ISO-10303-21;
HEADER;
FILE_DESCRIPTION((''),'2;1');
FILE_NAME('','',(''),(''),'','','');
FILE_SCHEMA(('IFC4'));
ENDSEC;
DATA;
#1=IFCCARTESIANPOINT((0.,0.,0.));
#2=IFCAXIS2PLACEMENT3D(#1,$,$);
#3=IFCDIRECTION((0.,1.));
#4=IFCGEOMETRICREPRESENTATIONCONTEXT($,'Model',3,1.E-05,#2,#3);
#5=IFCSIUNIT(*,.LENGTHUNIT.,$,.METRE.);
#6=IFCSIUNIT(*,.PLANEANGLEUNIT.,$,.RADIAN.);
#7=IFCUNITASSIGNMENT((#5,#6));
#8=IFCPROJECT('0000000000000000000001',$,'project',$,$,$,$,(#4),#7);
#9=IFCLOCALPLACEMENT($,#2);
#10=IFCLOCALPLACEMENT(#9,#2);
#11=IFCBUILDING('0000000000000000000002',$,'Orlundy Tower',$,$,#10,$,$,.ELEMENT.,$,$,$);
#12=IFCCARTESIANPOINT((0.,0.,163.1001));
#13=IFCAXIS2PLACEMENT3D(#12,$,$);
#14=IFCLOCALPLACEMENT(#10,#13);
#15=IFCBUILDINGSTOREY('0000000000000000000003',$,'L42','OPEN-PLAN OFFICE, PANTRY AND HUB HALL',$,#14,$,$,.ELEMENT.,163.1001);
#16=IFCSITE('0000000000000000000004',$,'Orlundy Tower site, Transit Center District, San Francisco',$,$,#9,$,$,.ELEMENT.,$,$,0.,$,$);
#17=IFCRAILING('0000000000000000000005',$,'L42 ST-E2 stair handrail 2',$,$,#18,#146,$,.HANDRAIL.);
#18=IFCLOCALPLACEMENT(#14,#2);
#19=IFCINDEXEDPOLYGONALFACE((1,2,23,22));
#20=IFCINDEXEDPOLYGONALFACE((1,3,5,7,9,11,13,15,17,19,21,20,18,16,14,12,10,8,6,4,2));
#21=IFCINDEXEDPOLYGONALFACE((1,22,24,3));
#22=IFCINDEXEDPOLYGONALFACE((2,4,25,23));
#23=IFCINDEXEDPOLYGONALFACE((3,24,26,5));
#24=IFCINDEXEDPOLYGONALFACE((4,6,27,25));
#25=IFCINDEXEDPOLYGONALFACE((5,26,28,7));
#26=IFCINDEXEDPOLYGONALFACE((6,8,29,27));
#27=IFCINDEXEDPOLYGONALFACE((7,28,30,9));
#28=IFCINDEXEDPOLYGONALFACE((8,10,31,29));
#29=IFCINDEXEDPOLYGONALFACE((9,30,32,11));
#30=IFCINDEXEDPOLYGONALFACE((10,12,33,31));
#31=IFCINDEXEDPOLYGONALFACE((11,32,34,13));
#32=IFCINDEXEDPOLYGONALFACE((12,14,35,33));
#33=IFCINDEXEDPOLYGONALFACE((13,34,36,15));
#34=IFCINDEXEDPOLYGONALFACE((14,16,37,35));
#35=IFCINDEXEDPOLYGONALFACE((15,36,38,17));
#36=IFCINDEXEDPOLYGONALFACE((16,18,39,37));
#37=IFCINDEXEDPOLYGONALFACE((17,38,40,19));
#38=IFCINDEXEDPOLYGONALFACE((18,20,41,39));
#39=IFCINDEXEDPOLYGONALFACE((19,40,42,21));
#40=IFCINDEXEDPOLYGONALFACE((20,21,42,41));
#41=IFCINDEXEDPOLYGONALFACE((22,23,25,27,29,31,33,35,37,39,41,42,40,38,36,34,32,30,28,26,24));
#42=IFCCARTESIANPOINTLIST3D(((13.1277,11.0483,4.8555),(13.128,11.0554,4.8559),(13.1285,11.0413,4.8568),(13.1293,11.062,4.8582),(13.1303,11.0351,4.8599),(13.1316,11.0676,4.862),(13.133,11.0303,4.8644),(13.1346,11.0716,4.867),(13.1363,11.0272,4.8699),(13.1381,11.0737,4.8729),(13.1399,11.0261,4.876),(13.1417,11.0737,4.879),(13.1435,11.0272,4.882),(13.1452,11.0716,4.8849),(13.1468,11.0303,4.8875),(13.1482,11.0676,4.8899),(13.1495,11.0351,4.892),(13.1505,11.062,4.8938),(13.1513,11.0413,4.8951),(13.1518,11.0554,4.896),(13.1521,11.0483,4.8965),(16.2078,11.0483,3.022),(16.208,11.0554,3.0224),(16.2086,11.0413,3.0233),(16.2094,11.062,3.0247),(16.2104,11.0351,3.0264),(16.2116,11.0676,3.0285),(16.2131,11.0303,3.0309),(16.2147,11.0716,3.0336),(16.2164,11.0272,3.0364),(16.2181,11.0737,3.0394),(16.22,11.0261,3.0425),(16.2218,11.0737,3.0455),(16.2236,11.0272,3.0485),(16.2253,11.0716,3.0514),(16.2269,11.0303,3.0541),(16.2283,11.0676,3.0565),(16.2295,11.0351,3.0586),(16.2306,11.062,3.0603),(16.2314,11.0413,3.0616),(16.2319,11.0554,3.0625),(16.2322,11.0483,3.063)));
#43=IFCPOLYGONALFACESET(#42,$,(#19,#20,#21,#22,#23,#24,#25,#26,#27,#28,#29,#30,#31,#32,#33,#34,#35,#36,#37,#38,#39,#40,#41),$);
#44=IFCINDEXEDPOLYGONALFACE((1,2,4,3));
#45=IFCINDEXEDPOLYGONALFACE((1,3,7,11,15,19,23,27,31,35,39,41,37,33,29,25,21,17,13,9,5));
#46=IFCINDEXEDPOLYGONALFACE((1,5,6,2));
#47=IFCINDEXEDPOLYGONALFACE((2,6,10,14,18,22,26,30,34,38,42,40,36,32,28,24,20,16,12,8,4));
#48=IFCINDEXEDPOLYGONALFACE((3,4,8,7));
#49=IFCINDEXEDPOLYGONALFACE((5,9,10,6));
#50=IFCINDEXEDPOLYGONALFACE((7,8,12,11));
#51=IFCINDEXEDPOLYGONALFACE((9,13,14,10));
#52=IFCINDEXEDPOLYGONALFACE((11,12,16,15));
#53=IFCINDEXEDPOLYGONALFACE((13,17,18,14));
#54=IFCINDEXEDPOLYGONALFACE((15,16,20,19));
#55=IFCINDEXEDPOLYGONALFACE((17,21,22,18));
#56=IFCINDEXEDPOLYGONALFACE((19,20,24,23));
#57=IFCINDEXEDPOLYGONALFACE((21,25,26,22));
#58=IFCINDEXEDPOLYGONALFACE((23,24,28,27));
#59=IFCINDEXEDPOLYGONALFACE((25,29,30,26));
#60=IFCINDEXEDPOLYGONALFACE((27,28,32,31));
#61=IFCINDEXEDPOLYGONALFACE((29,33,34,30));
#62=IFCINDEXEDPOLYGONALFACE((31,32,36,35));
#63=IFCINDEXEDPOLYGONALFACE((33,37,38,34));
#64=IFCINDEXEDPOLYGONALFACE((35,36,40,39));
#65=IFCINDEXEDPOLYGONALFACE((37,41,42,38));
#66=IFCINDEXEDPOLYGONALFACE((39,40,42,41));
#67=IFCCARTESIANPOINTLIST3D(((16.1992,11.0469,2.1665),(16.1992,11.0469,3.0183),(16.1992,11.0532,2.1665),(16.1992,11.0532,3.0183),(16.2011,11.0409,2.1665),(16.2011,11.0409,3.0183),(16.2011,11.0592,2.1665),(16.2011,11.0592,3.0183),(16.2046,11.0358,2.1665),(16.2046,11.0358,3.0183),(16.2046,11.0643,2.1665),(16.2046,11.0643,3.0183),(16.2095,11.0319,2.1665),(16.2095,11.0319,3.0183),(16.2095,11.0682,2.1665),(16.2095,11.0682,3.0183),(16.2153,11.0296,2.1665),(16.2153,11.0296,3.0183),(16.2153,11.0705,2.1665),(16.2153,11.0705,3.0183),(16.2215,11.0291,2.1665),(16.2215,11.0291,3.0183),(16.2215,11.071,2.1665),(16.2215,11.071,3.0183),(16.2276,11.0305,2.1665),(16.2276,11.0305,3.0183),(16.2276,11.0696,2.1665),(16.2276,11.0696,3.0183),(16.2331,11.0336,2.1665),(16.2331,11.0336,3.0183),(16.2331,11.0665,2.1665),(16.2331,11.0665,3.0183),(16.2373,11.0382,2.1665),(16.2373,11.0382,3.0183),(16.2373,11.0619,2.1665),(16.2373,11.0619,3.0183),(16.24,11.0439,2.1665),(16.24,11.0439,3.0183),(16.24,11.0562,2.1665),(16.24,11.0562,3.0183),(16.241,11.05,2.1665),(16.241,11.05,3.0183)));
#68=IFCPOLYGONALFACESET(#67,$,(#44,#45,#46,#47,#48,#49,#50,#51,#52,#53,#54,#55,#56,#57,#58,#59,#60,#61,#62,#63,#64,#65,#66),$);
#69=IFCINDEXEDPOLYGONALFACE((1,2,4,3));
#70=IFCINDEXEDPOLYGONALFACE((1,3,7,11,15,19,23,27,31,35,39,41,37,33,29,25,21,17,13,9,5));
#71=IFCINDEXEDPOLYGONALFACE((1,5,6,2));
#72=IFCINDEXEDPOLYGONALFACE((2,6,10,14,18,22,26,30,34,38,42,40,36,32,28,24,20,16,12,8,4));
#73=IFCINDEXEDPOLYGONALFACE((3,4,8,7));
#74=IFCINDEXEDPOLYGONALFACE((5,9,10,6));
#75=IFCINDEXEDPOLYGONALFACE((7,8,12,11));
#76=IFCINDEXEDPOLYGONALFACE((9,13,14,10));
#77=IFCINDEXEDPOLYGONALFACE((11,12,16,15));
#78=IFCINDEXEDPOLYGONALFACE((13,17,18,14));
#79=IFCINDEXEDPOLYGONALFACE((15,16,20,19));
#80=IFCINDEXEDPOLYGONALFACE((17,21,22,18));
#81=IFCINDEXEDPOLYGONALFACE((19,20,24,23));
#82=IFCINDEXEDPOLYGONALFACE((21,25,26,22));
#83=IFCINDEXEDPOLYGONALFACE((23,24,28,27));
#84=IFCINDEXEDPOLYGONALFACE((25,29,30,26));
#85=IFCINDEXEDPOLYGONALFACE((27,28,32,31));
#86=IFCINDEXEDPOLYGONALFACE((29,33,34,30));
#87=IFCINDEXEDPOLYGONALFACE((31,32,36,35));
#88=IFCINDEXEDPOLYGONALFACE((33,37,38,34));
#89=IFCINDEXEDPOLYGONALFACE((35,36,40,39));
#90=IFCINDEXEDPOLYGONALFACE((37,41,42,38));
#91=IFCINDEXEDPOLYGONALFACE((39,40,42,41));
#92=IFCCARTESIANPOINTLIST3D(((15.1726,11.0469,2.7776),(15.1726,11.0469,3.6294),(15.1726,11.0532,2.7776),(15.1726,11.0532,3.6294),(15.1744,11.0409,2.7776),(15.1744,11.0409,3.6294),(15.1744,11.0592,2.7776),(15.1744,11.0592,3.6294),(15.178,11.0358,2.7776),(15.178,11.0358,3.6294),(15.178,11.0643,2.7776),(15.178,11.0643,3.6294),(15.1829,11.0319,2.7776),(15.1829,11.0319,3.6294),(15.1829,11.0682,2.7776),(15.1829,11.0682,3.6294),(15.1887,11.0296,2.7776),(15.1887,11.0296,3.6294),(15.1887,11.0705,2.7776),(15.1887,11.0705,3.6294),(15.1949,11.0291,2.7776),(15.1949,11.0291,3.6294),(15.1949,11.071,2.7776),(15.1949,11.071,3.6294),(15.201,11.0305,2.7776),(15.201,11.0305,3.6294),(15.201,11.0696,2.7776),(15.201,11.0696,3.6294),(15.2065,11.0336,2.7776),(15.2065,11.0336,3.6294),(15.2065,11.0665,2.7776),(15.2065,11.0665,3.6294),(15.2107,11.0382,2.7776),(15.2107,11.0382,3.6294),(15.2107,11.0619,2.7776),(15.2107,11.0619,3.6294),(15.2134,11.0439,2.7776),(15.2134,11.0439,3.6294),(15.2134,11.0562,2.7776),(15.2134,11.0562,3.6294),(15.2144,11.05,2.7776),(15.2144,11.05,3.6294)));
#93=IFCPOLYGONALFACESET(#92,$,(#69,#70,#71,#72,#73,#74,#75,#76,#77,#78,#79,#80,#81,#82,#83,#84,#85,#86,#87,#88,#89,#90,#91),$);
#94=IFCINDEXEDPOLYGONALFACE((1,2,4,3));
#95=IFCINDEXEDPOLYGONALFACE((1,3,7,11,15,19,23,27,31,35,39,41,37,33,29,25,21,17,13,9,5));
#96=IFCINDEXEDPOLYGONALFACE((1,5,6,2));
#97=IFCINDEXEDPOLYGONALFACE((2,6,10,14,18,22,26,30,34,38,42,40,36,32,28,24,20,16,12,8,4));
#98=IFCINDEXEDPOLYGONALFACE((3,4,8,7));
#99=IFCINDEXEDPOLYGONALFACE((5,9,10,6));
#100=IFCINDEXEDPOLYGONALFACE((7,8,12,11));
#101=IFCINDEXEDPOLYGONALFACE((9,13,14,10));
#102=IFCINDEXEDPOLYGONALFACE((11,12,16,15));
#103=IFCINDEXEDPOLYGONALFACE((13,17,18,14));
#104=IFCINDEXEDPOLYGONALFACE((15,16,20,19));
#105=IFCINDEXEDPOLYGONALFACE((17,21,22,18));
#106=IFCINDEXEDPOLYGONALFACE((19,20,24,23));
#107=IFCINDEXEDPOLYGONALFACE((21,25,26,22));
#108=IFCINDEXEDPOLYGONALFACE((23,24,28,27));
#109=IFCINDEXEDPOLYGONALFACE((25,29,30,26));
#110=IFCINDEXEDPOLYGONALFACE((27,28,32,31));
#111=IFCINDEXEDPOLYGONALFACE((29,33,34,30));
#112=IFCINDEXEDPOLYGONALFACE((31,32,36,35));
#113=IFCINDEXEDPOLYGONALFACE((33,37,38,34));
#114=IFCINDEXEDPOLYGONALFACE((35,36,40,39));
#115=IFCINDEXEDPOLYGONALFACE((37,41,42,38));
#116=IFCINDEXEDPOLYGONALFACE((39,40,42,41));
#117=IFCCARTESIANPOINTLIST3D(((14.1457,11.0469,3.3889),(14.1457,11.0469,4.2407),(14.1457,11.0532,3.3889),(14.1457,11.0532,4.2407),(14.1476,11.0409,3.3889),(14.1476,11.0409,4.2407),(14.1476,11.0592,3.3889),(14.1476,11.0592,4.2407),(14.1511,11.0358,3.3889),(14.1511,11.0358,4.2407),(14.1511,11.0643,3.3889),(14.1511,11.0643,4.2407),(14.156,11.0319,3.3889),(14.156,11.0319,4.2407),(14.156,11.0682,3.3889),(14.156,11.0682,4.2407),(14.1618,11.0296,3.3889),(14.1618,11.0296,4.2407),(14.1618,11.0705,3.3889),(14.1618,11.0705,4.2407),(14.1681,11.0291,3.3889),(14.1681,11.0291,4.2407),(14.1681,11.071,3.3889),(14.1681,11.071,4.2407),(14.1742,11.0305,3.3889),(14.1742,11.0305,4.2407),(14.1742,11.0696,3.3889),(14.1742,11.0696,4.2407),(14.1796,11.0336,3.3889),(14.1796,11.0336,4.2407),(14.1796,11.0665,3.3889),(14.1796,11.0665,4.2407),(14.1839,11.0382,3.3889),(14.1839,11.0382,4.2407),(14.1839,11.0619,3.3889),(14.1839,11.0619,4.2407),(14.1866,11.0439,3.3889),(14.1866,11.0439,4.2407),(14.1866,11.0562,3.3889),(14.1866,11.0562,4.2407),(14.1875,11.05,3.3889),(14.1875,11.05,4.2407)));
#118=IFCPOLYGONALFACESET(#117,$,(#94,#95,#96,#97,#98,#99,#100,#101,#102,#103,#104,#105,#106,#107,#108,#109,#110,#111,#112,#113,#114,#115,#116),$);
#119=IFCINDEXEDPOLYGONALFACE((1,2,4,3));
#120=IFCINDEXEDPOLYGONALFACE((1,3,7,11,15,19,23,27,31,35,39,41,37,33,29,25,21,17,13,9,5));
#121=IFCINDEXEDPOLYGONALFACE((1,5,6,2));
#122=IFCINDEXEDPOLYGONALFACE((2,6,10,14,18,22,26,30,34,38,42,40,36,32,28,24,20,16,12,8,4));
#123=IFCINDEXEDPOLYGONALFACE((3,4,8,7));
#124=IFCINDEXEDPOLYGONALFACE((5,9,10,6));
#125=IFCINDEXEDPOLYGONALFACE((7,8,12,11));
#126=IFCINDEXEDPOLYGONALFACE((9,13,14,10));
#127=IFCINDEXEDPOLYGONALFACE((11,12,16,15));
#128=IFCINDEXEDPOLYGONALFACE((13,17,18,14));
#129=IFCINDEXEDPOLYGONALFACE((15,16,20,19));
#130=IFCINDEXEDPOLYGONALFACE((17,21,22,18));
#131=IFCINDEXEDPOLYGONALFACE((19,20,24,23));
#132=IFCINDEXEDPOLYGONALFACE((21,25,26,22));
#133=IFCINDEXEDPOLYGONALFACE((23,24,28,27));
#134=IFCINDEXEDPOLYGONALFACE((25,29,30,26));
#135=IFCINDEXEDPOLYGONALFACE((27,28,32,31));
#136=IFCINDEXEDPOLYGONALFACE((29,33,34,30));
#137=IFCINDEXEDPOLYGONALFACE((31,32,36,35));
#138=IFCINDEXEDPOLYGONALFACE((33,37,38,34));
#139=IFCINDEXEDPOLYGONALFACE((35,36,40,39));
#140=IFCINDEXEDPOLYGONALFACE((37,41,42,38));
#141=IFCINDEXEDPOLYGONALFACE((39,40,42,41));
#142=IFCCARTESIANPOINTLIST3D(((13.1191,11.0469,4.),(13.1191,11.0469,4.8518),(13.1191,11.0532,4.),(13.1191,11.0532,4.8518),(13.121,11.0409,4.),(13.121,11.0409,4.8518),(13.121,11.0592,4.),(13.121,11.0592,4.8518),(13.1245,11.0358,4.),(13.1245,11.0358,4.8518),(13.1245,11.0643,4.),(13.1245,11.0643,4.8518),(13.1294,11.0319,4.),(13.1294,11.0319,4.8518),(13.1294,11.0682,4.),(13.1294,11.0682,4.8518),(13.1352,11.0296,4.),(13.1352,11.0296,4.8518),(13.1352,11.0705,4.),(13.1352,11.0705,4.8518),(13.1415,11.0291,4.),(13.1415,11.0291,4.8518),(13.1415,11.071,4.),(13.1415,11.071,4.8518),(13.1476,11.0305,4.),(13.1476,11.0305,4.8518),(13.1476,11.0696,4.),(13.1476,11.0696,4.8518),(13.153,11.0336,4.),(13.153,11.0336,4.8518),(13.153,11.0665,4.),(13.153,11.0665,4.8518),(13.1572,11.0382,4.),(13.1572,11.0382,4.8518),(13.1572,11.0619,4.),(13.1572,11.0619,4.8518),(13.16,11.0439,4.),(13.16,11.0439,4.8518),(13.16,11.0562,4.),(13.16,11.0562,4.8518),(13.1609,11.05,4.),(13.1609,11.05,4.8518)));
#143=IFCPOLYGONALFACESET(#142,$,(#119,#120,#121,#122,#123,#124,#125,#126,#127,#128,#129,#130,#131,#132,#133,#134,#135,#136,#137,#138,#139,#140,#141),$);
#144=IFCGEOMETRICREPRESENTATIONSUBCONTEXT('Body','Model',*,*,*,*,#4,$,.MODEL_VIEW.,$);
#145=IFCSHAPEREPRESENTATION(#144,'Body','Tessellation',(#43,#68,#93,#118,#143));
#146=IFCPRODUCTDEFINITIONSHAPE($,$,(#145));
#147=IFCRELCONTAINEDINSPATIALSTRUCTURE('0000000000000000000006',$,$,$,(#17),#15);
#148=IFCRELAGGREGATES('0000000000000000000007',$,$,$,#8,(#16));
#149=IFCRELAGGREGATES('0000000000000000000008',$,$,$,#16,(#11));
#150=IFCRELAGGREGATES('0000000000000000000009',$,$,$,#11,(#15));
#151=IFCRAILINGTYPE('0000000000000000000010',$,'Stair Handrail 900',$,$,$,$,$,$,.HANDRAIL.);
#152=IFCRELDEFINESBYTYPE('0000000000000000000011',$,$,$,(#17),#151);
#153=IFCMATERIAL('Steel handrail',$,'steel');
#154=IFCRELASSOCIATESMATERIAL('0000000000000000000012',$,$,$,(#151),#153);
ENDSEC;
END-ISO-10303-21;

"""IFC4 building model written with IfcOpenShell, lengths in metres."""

from ifc_helpers import new_model, si_unit, direction, frame, origin, origin_2d, place, context, subcontext, project, spatial, circle, extrude, material, type_object, element, save


model = new_model("IFC4")

# Units and contexts
model_context = context("Model", 3, precision=1e-05, world=origin(), true_north=direction((0.0, 1.0)))
body_context = subcontext(model_context, "Body", "Model", "MODEL_VIEW")
ifc_project = project(units=[si_unit("LENGTHUNIT", "METRE"), si_unit("PLANEANGLEUNIT", "RADIAN")], contexts=[model_context])

# Site, building, storey
site_placement = place(None, origin())
site = spatial("IfcSite", under=ifc_project, at=site_placement, Name="Orlundy Tower site, Transit Center District, San Francisco", CompositionType="ELEMENT", RefElevation=0.0)
building_placement = place(site_placement, origin())
building = spatial("IfcBuilding", under=site, at=building_placement, Name="Orlundy Tower", CompositionType="ELEMENT")
storey_placement = place(building_placement, frame((0.0, 0.0, 163.1001)))
storey = spatial("IfcBuildingStorey", under=building, at=storey_placement, Name="L42", Description="OPEN-PLAN OFFICE, PANTRY AND HUB HALL", CompositionType="ELEMENT", Elevation=163.1001)

# Railing
ifc_material_1 = material(Name="Steel handrail", Category="steel")
railing_type_1 = type_object("IfcRailingType", Name="Stair Handrail 900", PredefinedType="HANDRAIL", material=ifc_material_1)
railing_1_placement = place(storey_placement, frame((16.22, 11.05, 2.1665)))
element("IfcRailing", 1, at=railing_1_placement, inside=storey, type_object=railing_type_1, Name="L42 ST-E2 stair handrail 2", PredefinedType="HANDRAIL", context=body_context, shape_type="SweptSolid", body=[
    extrude(circle(Radius=0.0239, at=origin_2d()), frame((0.0, 0.0, 0.876), z_axis=(-0.859279, 0.0, 0.511508), x_axis=(0.0, -1.0, 0.0)), (0.0, 0.0, 1.0), 3.5845),
    extrude(circle(Radius=0.021, at=origin_2d()), origin(), (0.0, 0.0, 1.0), 0.8518),
    extrude(circle(Radius=0.021, at=origin_2d()), frame((-1.0266, 0.0, 0.6111)), (0.0, 0.0, 1.0), 0.8518),
    extrude(circle(Radius=0.021, at=origin_2d()), frame((-2.0535, 0.0, 1.2224)), (0.0, 0.0, 1.0), 0.8518),
    extrude(circle(Radius=0.021, at=origin_2d()), frame((-3.0801, 0.0, 1.8335)), (0.0, 0.0, 1.0), 0.8518),
])

save(model, "model.ifc")
